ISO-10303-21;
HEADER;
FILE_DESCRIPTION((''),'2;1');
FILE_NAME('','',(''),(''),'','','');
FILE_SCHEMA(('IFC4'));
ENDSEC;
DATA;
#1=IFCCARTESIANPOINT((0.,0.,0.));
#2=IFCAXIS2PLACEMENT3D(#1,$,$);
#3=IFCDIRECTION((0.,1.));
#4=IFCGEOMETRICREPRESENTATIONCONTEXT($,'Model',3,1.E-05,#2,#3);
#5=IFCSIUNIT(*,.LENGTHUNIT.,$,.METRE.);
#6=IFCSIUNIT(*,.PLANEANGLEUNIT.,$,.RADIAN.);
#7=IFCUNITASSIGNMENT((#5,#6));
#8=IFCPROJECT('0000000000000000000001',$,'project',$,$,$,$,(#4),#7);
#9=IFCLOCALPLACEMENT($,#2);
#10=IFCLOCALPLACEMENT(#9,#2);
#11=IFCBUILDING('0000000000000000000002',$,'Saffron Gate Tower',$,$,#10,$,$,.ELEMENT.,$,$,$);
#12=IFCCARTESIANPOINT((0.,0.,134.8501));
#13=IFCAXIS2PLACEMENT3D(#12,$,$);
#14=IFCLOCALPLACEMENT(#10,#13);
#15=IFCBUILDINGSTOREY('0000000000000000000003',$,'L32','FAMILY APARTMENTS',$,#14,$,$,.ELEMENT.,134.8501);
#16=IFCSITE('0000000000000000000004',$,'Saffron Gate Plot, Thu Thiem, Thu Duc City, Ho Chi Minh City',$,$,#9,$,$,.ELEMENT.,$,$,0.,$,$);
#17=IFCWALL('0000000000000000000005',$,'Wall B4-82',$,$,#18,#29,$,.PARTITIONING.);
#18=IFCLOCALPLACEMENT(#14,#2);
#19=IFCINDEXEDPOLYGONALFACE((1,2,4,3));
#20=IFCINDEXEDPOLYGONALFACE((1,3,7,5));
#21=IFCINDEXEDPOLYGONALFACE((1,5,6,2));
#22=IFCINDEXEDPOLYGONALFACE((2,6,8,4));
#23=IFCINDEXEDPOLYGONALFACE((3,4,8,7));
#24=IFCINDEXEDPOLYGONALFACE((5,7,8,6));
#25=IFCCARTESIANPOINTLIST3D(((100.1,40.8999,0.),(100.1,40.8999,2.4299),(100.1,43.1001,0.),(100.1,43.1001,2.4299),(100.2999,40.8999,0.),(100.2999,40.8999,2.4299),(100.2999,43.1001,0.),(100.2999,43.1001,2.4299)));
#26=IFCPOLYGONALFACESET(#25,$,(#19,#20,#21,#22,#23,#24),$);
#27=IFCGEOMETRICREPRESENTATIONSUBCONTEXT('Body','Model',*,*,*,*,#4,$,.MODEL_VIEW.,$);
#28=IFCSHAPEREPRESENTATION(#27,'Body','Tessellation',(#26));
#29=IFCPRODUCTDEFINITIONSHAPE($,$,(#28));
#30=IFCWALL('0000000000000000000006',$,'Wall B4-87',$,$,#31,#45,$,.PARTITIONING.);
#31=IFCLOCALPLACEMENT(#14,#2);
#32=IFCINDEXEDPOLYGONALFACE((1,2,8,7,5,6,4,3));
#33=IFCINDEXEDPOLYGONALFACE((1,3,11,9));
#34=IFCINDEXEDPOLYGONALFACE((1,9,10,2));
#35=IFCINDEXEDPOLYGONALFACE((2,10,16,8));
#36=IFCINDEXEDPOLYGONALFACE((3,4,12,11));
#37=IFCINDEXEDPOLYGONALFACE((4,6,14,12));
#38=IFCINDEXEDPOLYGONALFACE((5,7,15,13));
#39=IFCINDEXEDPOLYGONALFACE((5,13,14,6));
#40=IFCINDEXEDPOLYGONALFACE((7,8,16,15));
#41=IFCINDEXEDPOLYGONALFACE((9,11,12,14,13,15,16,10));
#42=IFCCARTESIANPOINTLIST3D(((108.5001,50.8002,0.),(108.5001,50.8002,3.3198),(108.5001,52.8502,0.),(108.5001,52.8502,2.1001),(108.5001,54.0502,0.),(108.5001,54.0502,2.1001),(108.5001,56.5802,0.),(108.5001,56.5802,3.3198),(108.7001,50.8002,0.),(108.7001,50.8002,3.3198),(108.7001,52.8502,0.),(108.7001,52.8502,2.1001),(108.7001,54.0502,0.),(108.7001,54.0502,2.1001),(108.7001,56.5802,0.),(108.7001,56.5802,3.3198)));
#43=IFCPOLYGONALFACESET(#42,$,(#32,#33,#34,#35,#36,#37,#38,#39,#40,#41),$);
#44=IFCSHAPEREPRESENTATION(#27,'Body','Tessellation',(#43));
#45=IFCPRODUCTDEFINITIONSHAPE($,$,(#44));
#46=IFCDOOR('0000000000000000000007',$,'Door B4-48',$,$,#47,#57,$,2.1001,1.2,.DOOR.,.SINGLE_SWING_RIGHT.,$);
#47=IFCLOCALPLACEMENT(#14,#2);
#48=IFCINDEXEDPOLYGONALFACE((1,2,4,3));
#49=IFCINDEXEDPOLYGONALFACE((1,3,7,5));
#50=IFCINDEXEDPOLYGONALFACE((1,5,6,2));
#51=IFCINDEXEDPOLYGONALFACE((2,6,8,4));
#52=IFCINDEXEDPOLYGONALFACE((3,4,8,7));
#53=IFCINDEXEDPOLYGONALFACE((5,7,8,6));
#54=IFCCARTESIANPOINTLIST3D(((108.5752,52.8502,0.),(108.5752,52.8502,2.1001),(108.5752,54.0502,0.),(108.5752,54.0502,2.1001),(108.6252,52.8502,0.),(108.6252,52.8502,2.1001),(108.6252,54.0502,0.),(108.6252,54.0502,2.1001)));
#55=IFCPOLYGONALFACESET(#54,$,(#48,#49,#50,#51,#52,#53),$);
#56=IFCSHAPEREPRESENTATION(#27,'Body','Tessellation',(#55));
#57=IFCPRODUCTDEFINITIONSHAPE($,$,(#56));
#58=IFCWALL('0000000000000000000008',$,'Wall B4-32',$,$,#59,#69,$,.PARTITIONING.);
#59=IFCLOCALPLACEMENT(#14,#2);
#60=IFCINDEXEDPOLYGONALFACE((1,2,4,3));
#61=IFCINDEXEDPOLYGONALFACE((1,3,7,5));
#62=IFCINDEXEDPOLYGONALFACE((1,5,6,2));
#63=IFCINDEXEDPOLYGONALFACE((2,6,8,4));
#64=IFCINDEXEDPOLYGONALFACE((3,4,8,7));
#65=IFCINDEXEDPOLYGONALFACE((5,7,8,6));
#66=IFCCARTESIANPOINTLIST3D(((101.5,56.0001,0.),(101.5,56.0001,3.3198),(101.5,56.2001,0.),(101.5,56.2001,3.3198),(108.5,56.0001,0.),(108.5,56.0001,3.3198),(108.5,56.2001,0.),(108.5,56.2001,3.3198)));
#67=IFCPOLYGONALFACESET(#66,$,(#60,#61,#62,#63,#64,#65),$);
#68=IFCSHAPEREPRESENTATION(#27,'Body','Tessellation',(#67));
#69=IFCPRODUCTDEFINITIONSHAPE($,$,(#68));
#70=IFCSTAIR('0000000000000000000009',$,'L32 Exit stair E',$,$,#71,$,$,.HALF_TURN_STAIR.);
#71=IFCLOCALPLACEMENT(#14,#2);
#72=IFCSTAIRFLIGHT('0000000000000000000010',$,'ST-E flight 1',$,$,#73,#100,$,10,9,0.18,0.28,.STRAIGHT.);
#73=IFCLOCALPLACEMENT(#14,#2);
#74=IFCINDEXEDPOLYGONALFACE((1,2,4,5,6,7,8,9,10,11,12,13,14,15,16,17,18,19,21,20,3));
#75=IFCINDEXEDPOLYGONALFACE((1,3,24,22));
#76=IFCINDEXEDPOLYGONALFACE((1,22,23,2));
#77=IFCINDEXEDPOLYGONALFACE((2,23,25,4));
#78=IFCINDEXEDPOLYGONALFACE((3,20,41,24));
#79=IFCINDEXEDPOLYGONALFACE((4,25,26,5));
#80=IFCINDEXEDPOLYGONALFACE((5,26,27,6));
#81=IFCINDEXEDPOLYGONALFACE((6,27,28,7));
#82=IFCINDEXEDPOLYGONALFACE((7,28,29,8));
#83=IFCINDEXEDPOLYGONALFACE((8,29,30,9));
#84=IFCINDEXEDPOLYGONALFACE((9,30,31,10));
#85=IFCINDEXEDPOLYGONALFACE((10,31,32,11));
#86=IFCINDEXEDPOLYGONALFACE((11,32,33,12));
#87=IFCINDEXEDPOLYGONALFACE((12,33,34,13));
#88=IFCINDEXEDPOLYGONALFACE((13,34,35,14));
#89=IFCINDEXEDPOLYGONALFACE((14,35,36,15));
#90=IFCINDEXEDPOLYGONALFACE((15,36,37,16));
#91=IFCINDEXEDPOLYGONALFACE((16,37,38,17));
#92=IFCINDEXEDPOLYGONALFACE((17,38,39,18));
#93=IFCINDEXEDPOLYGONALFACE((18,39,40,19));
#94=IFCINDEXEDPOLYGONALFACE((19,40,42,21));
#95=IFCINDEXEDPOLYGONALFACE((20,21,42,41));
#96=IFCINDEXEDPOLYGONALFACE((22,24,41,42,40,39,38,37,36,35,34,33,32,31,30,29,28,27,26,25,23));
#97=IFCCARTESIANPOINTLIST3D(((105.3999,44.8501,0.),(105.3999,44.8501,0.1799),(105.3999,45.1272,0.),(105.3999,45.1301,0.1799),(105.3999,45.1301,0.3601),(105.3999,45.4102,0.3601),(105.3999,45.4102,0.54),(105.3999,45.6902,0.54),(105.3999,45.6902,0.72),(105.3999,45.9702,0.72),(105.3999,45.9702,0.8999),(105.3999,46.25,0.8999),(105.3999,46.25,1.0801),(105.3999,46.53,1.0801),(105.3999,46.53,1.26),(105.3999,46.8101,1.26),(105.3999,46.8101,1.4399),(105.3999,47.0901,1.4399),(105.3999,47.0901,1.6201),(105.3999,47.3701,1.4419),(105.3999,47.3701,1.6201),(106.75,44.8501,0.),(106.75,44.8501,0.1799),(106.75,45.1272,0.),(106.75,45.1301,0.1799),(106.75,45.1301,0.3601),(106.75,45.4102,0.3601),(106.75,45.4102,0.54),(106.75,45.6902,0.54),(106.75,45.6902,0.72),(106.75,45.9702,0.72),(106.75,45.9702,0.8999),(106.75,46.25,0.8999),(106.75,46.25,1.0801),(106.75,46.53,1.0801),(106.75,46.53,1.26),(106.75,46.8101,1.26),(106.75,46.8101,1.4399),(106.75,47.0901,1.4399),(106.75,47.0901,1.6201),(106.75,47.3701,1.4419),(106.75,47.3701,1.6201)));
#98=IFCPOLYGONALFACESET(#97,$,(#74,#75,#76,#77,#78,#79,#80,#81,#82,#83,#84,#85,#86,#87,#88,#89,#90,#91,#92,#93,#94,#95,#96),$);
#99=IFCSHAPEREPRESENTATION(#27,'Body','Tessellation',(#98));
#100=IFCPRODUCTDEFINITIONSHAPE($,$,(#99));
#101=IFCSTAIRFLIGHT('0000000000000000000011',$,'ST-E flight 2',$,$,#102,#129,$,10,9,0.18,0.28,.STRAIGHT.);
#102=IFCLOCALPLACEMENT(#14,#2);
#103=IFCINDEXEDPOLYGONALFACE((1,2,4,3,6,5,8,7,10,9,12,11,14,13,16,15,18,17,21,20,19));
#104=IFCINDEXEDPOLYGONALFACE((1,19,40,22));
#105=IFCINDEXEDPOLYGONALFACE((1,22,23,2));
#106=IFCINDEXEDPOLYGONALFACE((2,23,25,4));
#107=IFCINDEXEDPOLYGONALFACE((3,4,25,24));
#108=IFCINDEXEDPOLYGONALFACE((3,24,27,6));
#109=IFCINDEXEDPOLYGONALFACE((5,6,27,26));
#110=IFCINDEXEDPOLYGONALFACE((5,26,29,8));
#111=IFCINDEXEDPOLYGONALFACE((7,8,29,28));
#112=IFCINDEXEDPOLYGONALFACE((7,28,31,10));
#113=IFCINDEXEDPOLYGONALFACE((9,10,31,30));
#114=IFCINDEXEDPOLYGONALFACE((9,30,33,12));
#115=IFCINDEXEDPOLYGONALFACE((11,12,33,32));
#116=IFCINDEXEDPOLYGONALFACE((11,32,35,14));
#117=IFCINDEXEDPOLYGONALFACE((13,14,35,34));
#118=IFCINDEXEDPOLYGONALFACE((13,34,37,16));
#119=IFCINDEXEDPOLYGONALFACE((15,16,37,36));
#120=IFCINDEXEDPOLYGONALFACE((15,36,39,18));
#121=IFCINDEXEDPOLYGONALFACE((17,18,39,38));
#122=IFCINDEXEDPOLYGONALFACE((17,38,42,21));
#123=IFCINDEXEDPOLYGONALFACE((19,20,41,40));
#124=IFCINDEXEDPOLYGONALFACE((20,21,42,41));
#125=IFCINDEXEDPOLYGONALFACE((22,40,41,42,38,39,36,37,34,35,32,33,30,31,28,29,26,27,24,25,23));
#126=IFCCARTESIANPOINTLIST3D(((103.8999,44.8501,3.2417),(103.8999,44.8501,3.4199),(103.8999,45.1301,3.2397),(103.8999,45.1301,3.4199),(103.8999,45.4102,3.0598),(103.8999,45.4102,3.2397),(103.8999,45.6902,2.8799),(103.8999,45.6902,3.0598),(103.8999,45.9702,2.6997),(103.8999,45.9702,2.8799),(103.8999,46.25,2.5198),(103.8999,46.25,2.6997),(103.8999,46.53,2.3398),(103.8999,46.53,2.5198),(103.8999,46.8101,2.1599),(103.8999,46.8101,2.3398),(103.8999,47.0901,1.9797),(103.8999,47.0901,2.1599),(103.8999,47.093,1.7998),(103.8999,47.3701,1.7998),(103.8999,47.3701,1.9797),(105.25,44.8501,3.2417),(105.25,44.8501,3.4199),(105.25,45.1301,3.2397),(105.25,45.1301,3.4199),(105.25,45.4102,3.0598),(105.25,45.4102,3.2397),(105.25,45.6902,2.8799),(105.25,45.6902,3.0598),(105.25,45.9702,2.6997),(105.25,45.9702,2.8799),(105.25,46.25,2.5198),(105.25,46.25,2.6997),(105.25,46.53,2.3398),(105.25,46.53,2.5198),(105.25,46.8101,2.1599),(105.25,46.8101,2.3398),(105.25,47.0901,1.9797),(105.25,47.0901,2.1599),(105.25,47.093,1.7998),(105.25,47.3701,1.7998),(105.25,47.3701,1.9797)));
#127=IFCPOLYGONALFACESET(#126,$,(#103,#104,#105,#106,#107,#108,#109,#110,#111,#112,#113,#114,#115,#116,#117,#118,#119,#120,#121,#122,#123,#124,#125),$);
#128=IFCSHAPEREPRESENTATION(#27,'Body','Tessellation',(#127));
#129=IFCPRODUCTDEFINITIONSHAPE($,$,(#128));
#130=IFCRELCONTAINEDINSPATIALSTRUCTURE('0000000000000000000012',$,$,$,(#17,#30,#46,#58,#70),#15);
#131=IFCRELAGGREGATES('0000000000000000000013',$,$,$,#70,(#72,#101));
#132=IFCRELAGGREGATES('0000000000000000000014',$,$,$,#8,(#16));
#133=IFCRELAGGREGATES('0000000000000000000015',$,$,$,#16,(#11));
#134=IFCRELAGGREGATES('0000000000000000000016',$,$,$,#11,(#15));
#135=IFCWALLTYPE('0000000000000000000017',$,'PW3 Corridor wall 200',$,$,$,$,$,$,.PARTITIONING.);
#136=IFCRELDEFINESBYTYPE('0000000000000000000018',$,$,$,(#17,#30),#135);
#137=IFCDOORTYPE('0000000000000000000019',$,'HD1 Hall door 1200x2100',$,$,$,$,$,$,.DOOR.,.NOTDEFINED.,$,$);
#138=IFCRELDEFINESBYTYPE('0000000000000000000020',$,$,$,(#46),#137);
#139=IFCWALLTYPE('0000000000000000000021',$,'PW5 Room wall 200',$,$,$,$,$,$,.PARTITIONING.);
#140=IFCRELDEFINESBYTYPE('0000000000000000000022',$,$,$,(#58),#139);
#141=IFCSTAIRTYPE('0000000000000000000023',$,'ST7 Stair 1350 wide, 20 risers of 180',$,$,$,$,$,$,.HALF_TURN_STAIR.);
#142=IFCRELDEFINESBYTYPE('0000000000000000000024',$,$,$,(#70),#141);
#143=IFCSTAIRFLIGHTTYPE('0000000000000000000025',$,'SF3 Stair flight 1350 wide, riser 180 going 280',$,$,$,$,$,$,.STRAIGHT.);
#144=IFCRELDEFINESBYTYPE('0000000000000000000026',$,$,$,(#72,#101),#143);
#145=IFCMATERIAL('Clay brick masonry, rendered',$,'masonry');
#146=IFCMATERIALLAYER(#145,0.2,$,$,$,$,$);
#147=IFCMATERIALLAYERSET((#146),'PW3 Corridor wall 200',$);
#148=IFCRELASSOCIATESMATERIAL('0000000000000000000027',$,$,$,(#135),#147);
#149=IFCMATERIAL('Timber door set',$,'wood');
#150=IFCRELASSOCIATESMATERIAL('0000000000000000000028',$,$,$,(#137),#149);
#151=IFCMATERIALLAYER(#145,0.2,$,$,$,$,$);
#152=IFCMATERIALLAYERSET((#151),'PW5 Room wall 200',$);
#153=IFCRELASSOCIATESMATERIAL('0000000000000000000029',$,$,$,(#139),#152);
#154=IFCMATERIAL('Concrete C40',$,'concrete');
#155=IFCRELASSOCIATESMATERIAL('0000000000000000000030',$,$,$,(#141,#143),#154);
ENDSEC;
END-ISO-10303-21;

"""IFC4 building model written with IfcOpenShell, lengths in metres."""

from ifc_helpers import new_model, si_unit, direction, frame, frame_2d, origin, place, context, subcontext, project, spatial, polyline, rectangle, outline, extrude, material, layer, layer_set, type_object, element, fill, aggregate, save


model = new_model("IFC4")

# Units and contexts
model_context = context("Model", 3, precision=1e-05, world=origin(), true_north=direction((0.0, 1.0)))
body_context = subcontext(model_context, "Body", "Model", "MODEL_VIEW")
ifc_project = project(units=[si_unit("LENGTHUNIT", "METRE"), si_unit("PLANEANGLEUNIT", "RADIAN")], contexts=[model_context])

# Site, building, storey
site_placement = place(None, origin())
site = spatial("IfcSite", under=ifc_project, at=site_placement, Name="Saffron Gate Plot, Thu Thiem, Thu Duc City, Ho Chi Minh City", CompositionType="ELEMENT", RefElevation=0.0)
building_placement = place(site_placement, origin())
building = spatial("IfcBuilding", under=site, at=building_placement, Name="Saffron Gate Tower", CompositionType="ELEMENT")
storey_placement = place(building_placement, frame((0.0, 0.0, 134.8501)))
storey = spatial("IfcBuildingStorey", under=building, at=storey_placement, Name="L32", Description="FAMILY APARTMENTS", CompositionType="ELEMENT", Elevation=134.8501)

# Shared definitions
ifc_material_1 = material(Name="Clay brick masonry, rendered", Category="masonry")
ifc_layer_1 = layer(ifc_material_1, 0.2)
ifc_layer_set_1 = layer_set([ifc_layer_1], Name="PW3 Corridor wall 200")
wall_type_1 = type_object("IfcWallType", Name="PW3 Corridor wall 200", PredefinedType="PARTITIONING", material=ifc_layer_set_1)

# Wall
wall_1_placement = place(storey_placement, frame((100.2, 43.1001, 0.0), z_axis=(0.0, 0.0, 1.0), x_axis=(0.0, -1.0, 0.0)))
element("IfcWall", 1, at=wall_1_placement, inside=storey, type_object=wall_type_1, Name="Wall B4-82", PredefinedType="PARTITIONING", context=body_context, shape_type="SweptSolid", body=[
    extrude(rectangle(XDim=2.2002, YDim=0.2, at=frame_2d((1.1001, 0.0))), origin(), (0.0, 0.0, 1.0), 2.4299),
])

# Wall, opening, door
wall_2_placement = place(storey_placement, frame((108.6001, 50.8, 0.0), z_axis=(0.0, 0.0, 1.0), x_axis=(0.0, 1.0, 0.0)))
wall_2 = element("IfcWall", 2, at=wall_2_placement, inside=storey, type_object=wall_type_1, Name="Wall B4-87", PredefinedType="PARTITIONING", context=body_context, shape_type="SweptSolid", body=[
    extrude(rectangle(XDim=5.78, YDim=0.2, at=frame_2d((2.8901, 0.0))), origin(), (0.0, 0.0, 1.0), 3.3198),
])
opening_1_placement = place(wall_2_placement, frame((2.05, 0.0, 0.0)))
opening_1 = element("IfcOpeningElement", 3, at=opening_1_placement, cuts=wall_2, PredefinedType="OPENING", context=body_context, shape_type="SweptSolid", body=[
    extrude(rectangle(XDim=1.2, YDim=2.1001, at=frame_2d((0.6001, 1.05))), frame((0.0, 0.1099, 0.0), z_axis=(0.0, -1.0, 0.0), x_axis=(1.0, 0.0, 0.0)), (0.0, 0.0, 1.0), 0.22),
])
ifc_material_2 = material(Name="Timber door set", Category="wood")
door_type_1 = type_object("IfcDoorType", Name="HD1 Hall door 1200x2100", OperationType="NOTDEFINED", PredefinedType="DOOR", material=ifc_material_2)
door_1_placement = place(opening_1_placement, origin())
door_1 = element("IfcDoor", 4, at=door_1_placement, inside=storey, type_object=door_type_1, Name="Door B4-48", OperationType="SINGLE_SWING_RIGHT", OverallHeight=2.1001, OverallWidth=1.2, PredefinedType="DOOR", context=body_context, shape_type="SweptSolid", body=[
    extrude(rectangle(XDim=1.2, YDim=2.1001, at=frame_2d((0.6001, 1.05))), frame((0.0, 0.0249, 0.0), z_axis=(0.0, -1.0, 0.0), x_axis=(1.0, 0.0, 0.0)), (0.0, 0.0, 1.0), 0.05),
])
fill(opening_1, door_1)

# Wall
ifc_layer_2 = layer(ifc_material_1, 0.2)
ifc_layer_set_2 = layer_set([ifc_layer_2], Name="PW5 Room wall 200")
wall_type_2 = type_object("IfcWallType", Name="PW5 Room wall 200", PredefinedType="PARTITIONING", material=ifc_layer_set_2)
wall_3_placement = place(storey_placement, frame((101.5, 56.1001, 0.0), z_axis=(0.0, 0.0, 1.0), x_axis=(1.0, 0.0, 0.0)))
element("IfcWall", 5, at=wall_3_placement, inside=storey, type_object=wall_type_2, Name="Wall B4-32", PredefinedType="PARTITIONING", context=body_context, shape_type="SweptSolid", body=[
    extrude(rectangle(XDim=7.0, YDim=0.2, at=frame_2d((3.5, 0.0))), origin(), (0.0, 0.0, 1.0), 3.3198),
])

# Stair, stair flights
ifc_material_3 = material(Name="Concrete C40", Category="concrete")
stair_type = type_object("IfcStairType", Name="ST7 Stair 1350 wide, 20 risers of 180", PredefinedType="HALF_TURN_STAIR", material=ifc_material_3)
stair_placement = place(storey_placement, origin())
stair = element("IfcStair", 6, at=stair_placement, inside=storey, type_object=stair_type, Name="L32 Exit stair E", PredefinedType="HALF_TURN_STAIR")
stair_flight_type = type_object("IfcStairFlightType", Name="SF3 Stair flight 1350 wide, riser 180 going 280", PredefinedType="STRAIGHT", material=ifc_material_3)
stair_flight_1_placement = place(storey_placement, frame((106.075, 44.8501, 0.0), z_axis=(0.0, 0.0, 1.0), x_axis=(0.0, 1.0, 0.0)))
stair_flight_1 = element("IfcStairFlight", 7, at=stair_flight_1_placement, type_object=stair_flight_type, Name="ST-E flight 1", NumberOfRisers=10, NumberOfTreads=9, PredefinedType="STRAIGHT", RiserHeight=0.18, TreadLength=0.28, context=body_context, shape_type="SweptSolid", body=[
    extrude(outline(polyline([(0.0, 0.0), (0.0, 0.1799), (0.28, 0.1799), (0.28, 0.3601), (0.5601, 0.3601), (0.5601, 0.54), (0.8401, 0.54), (0.8401, 0.72), (1.1201, 0.72), (1.1201, 0.8999), (1.3999, 0.8999), (1.3999, 1.0801), (1.6799, 1.0801), (1.6799, 1.26), (1.96, 1.26), (1.96, 1.4399), (2.24, 1.4399), (2.24, 1.6201), (2.52, 1.6201), (2.52, 1.8), (2.52, 1.4419), (0.2771, 0.0), (0.0, 0.0)])), frame((0.0, 0.675, 0.0), z_axis=(0.0, -1.0, 0.0), x_axis=(1.0, 0.0, 0.0)), (0.0, 0.0, 1.0), 1.3501),
])
stair_flight_2_placement = place(storey_placement, frame((104.575, 47.3701, 1.7998), z_axis=(0.0, 0.0, 1.0), x_axis=(0.0, -1.0, 0.0)))
stair_flight_2 = element("IfcStairFlight", 8, at=stair_flight_2_placement, type_object=stair_flight_type, Name="ST-E flight 2", NumberOfRisers=10, NumberOfTreads=9, PredefinedType="STRAIGHT", RiserHeight=0.18, TreadLength=0.28, context=body_context, shape_type="SweptSolid", body=[
    extrude(outline(polyline([(0.0, 0.0), (0.0, 0.1799), (0.28, 0.1799), (0.28, 0.3601), (0.5601, 0.3601), (0.5601, 0.54), (0.8401, 0.54), (0.8401, 0.72), (1.1201, 0.72), (1.1201, 0.8999), (1.3999, 0.8999), (1.3999, 1.0801), (1.6799, 1.0801), (1.6799, 1.26), (1.96, 1.26), (1.96, 1.4399), (2.24, 1.4399), (2.24, 1.6201), (2.52, 1.6201), (2.52, 1.8), (2.52, 1.4419), (0.2771, 0.0), (0.0, 0.0)])), frame((0.0, 0.675, 0.0), z_axis=(0.0, -1.0, 0.0), x_axis=(1.0, 0.0, 0.0)), (0.0, 0.0, 1.0), 1.3501),
])
aggregate(stair, [stair_flight_1, stair_flight_2])

save(model, "model.ifc")
